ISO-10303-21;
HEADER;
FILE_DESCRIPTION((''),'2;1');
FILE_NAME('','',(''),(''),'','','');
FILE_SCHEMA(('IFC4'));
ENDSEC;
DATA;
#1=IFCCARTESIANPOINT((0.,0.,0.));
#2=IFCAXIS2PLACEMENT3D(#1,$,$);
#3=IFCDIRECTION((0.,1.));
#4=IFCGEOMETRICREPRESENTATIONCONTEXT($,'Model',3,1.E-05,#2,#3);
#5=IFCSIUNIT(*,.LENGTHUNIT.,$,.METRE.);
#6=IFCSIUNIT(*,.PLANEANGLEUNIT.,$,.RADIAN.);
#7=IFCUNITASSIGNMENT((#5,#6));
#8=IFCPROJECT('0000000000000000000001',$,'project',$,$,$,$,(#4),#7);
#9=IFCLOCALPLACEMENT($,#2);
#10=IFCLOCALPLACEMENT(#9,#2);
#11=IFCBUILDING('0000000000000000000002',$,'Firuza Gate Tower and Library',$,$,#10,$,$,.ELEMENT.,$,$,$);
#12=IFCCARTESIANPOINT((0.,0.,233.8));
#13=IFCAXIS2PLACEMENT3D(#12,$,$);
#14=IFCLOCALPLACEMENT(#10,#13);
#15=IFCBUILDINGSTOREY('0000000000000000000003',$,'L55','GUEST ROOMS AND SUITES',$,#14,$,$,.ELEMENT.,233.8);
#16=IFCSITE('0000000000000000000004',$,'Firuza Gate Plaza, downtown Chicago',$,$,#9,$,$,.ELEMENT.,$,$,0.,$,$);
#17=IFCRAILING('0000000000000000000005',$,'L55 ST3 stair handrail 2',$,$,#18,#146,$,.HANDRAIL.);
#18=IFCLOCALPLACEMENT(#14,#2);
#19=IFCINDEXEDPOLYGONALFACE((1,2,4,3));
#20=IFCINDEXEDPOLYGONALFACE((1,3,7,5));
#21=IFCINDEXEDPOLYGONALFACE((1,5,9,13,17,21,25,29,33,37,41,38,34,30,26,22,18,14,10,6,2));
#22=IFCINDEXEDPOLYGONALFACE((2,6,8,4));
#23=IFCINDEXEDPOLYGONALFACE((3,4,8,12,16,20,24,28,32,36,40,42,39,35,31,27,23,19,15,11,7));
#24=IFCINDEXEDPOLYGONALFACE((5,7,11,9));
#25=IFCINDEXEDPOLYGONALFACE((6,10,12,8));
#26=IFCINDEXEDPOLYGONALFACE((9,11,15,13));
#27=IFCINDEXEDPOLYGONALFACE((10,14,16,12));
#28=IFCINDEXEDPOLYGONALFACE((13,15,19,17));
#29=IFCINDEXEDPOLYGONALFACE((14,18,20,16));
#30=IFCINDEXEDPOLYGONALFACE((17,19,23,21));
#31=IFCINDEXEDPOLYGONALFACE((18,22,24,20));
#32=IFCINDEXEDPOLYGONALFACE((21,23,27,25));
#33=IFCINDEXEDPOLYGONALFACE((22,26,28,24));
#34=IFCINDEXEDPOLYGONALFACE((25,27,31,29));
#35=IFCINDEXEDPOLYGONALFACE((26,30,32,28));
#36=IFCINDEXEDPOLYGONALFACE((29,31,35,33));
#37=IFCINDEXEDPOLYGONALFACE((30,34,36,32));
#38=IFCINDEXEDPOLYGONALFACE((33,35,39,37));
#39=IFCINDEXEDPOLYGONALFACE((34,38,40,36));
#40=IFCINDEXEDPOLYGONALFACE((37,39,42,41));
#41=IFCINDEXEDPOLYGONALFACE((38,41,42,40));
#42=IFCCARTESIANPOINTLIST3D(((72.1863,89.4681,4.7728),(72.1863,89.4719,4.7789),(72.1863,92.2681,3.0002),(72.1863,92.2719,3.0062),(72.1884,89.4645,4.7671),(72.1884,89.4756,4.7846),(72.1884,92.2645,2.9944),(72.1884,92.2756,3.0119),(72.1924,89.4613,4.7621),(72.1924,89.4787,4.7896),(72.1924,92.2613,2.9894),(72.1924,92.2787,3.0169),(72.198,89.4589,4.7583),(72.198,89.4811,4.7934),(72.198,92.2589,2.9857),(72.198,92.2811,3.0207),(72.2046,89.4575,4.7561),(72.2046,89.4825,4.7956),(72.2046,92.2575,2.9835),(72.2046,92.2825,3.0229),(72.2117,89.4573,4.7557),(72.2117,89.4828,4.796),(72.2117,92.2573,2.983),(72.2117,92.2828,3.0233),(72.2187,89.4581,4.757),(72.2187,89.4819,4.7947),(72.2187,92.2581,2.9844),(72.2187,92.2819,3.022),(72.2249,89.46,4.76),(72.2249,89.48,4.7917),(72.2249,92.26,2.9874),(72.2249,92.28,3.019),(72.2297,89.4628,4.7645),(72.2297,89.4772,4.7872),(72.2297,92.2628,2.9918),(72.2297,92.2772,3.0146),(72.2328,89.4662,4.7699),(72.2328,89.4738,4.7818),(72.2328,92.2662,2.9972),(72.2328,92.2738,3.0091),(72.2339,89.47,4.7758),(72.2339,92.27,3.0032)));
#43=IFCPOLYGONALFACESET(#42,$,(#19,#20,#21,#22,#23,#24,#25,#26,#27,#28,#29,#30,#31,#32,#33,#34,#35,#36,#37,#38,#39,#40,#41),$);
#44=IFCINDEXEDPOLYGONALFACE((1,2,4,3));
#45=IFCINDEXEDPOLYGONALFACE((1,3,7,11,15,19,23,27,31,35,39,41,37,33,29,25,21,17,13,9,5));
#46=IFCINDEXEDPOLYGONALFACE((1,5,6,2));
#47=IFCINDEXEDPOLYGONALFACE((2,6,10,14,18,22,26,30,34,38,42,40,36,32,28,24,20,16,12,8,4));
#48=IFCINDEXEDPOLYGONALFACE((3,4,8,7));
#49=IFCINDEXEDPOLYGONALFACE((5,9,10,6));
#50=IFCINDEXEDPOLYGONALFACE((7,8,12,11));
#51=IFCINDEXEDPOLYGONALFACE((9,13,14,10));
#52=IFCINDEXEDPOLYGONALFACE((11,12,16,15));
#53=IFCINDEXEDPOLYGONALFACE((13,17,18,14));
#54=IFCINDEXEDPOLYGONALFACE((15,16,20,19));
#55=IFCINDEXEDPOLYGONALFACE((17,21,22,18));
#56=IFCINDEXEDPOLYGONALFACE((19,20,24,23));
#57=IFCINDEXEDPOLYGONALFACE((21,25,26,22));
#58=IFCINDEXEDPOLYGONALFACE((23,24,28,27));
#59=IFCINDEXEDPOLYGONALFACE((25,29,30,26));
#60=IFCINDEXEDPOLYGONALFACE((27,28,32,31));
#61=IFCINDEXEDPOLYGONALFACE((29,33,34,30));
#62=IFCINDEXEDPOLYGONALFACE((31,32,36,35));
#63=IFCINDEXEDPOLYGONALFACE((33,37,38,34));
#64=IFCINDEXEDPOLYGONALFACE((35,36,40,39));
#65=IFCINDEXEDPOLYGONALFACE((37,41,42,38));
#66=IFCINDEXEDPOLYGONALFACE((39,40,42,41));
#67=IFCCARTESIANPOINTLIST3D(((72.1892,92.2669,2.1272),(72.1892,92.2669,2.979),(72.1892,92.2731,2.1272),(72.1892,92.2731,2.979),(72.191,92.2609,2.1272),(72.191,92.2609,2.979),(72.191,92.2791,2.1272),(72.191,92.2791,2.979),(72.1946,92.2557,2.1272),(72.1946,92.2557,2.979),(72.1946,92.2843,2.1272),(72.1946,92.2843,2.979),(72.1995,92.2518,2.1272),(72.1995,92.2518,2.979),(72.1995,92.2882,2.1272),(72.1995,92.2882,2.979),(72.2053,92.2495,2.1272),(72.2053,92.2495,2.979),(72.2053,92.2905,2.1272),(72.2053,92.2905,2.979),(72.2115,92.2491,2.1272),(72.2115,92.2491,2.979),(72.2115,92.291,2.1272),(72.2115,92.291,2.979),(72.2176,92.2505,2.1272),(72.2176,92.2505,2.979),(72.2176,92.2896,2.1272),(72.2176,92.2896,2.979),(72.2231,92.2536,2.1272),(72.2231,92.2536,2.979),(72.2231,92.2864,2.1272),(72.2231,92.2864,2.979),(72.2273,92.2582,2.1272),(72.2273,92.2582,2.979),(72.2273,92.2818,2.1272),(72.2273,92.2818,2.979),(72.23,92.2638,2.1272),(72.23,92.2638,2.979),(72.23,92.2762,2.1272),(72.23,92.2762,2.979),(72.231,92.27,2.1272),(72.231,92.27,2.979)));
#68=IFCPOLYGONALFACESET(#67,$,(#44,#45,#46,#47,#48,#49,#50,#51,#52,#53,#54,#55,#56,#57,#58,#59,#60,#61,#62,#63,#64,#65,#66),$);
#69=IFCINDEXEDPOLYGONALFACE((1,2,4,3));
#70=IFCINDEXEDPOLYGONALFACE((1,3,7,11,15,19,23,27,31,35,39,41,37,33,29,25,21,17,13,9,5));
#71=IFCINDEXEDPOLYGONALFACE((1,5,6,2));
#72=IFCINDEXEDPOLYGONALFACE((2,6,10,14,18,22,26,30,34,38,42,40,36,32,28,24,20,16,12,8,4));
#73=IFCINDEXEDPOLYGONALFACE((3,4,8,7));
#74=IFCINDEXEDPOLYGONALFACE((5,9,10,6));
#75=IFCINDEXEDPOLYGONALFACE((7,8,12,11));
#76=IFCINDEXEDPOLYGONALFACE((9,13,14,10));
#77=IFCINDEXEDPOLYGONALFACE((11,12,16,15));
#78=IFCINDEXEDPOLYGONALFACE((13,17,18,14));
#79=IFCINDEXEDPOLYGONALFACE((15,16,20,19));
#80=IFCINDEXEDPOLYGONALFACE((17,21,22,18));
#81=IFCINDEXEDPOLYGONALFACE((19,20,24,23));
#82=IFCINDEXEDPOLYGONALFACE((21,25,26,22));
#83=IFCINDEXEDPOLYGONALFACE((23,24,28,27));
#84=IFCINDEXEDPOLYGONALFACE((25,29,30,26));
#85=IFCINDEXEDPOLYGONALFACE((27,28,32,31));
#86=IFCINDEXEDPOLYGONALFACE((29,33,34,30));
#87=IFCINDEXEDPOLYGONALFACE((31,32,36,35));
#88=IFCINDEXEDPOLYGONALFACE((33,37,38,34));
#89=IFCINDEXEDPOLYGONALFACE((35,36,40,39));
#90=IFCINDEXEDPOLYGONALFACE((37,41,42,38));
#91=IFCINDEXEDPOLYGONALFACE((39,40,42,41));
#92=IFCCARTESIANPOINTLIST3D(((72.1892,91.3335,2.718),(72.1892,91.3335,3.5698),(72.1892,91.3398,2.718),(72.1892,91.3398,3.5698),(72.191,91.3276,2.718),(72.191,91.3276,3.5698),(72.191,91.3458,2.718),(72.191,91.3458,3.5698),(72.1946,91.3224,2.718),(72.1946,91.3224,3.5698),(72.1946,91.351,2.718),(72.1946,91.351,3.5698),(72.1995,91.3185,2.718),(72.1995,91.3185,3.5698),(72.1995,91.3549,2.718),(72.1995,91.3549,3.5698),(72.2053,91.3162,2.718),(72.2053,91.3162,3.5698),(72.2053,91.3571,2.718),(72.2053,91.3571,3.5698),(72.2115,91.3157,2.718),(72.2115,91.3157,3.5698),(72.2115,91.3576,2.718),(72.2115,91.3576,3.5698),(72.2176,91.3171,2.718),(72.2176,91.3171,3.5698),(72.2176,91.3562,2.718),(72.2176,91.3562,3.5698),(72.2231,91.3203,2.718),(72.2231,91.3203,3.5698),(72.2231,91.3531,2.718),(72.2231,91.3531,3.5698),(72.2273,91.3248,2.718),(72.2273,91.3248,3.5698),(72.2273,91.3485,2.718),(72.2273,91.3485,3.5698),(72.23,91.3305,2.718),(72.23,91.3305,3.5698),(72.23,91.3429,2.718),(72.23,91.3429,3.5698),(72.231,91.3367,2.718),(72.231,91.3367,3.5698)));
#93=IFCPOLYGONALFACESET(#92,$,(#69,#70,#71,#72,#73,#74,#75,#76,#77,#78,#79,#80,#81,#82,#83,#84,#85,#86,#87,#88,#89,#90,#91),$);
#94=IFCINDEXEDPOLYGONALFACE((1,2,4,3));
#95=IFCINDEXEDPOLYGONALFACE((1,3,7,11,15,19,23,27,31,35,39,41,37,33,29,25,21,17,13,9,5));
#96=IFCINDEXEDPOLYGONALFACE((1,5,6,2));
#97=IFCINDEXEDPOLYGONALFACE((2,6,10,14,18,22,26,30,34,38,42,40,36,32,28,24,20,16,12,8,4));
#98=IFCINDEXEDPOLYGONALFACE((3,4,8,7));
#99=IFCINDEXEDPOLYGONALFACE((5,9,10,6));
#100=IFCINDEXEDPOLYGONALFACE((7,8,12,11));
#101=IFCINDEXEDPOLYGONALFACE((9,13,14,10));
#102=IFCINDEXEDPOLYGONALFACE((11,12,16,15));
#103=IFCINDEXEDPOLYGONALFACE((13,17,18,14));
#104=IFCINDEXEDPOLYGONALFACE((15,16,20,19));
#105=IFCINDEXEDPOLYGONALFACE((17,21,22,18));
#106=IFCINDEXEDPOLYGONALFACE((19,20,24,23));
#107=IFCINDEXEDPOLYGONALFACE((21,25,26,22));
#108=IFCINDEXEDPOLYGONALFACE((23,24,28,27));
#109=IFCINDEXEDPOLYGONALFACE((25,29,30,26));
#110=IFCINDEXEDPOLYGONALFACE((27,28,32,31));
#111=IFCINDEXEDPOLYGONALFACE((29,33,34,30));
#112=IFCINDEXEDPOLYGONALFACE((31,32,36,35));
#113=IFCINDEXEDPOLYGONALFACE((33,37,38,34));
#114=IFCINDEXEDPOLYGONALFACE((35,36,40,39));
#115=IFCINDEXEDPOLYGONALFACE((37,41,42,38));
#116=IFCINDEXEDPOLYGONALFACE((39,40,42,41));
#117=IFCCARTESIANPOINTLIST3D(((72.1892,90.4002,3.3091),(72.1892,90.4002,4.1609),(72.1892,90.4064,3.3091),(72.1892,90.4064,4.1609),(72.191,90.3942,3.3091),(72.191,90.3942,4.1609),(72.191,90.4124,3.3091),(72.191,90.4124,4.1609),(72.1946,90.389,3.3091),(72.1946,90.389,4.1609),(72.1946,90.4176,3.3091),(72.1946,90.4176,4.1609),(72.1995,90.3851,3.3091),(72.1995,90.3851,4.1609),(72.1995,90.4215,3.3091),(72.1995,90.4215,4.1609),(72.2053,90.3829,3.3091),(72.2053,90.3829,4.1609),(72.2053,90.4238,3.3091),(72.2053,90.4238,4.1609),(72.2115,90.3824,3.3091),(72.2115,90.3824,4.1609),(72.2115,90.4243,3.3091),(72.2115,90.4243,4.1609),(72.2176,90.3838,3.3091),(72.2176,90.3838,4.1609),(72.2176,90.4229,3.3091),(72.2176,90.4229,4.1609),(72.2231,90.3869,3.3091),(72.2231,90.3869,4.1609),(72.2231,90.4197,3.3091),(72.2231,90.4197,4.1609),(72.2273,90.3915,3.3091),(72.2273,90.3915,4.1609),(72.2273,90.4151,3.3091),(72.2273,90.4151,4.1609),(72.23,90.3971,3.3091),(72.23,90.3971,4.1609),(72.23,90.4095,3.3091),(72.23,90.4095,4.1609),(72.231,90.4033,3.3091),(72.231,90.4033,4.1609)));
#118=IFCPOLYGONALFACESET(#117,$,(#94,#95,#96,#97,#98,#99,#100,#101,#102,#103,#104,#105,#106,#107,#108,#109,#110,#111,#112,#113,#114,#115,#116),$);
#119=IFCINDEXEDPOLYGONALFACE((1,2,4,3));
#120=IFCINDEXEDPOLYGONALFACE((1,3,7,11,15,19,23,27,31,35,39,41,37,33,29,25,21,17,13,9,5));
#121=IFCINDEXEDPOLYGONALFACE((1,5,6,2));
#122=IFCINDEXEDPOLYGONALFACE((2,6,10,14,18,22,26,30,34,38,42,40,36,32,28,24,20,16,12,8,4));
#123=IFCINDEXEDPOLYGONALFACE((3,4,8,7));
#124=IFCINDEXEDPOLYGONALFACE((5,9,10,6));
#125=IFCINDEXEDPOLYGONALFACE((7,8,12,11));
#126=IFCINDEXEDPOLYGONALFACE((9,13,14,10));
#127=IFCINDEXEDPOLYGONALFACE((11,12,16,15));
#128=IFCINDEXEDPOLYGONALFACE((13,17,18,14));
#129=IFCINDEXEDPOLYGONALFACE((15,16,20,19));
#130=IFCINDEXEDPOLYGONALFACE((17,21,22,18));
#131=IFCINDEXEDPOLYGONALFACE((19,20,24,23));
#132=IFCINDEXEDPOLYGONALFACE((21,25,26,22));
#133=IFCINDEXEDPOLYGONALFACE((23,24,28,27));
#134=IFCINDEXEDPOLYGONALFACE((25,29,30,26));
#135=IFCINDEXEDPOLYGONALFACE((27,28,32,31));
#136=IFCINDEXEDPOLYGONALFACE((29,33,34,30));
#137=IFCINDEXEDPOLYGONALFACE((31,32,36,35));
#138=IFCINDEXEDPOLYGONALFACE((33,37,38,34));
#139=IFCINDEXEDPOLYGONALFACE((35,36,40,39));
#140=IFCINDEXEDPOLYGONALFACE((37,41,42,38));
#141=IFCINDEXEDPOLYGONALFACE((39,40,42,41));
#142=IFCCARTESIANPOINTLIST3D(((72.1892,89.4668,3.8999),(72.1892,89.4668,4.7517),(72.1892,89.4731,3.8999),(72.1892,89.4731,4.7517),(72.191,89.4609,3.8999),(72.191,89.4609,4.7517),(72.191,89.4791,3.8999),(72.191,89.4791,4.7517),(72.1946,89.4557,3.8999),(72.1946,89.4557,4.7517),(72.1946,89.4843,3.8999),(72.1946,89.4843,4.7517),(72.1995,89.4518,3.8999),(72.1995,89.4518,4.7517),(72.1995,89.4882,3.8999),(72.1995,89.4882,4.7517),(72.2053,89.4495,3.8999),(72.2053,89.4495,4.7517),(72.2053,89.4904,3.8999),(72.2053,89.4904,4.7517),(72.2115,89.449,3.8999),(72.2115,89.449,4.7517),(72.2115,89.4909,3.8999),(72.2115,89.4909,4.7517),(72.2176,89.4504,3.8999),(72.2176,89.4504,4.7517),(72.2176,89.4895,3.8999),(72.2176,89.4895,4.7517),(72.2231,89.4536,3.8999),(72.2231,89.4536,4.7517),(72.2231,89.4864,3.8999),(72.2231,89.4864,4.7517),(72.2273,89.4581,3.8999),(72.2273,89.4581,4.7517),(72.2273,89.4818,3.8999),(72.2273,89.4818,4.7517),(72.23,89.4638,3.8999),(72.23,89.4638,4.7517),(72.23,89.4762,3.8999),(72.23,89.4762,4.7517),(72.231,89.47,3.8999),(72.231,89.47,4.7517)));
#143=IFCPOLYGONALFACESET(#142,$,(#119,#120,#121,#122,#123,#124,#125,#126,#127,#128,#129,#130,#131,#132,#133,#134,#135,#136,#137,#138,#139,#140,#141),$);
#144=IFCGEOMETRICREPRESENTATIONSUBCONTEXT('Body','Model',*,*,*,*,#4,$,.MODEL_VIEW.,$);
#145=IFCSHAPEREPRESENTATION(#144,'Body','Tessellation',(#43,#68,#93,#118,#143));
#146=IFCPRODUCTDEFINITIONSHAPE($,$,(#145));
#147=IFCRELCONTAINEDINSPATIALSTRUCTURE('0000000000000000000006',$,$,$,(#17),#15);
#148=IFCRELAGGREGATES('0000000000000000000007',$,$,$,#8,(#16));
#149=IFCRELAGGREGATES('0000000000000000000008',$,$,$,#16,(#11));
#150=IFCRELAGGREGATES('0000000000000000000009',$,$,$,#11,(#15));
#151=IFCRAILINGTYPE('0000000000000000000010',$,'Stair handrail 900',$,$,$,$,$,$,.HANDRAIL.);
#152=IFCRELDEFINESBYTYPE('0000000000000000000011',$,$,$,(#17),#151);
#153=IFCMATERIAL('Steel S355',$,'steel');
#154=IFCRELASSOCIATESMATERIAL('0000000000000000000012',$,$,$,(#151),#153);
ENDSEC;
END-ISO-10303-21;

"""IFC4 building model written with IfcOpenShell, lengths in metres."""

from ifc_helpers import new_model, si_unit, direction, frame, origin, origin_2d, place, context, subcontext, project, spatial, circle, extrude, material, type_object, element, save


model = new_model("IFC4")

# Units and contexts
model_context = context("Model", 3, precision=1e-05, world=origin(), true_north=direction((0.0, 1.0)))
body_context = subcontext(model_context, "Body", "Model", "MODEL_VIEW")
ifc_project = project(units=[si_unit("LENGTHUNIT", "METRE"), si_unit("PLANEANGLEUNIT", "RADIAN")], contexts=[model_context])

# Site, building, storey
site_placement = place(None, origin())
site = spatial("IfcSite", under=ifc_project, at=site_placement, Name="Firuza Gate Plaza, downtown Chicago", CompositionType="ELEMENT", RefElevation=0.0)
building_placement = place(site_placement, origin())
building = spatial("IfcBuilding", under=site, at=building_placement, Name="Firuza Gate Tower and Library", CompositionType="ELEMENT")
storey_placement = place(building_placement, frame((0.0, 0.0, 233.8)))
storey = spatial("IfcBuildingStorey", under=building, at=storey_placement, Name="L55", Description="GUEST ROOMS AND SUITES", CompositionType="ELEMENT", Elevation=233.8)

# Railing
ifc_material_1 = material(Name="Steel S355", Category="steel")
railing_type_1 = type_object("IfcRailingType", Name="Stair handrail 900", PredefinedType="HANDRAIL", material=ifc_material_1)
railing_1_placement = place(storey_placement, frame((72.21, 92.27, 2.1272)))
element("IfcRailing", 1, at=railing_1_placement, inside=storey, type_object=railing_type_1, Name="L55 ST3 stair handrail 2", PredefinedType="HANDRAIL", context=body_context, shape_type="SweptSolid", body=[
    extrude(circle(Radius=0.0239, at=origin_2d()), frame((0.0, 0.0, 0.876), z_axis=(0.0, -0.844909, 0.53491), x_axis=(1.0, 0.0, 0.0)), (0.0, 0.0, 1.0), 3.314),
    extrude(circle(Radius=0.021, at=origin_2d()), origin(), (0.0, 0.0, 1.0), 0.8518),
    extrude(circle(Radius=0.021, at=origin_2d()), frame((0.0, -0.9333, 0.5908)), (0.0, 0.0, 1.0), 0.8518),
    extrude(circle(Radius=0.021, at=origin_2d()), frame((0.0, -1.8667, 1.1819)), (0.0, 0.0, 1.0), 0.8518),
    extrude(circle(Radius=0.021, at=origin_2d()), frame((0.0, -2.8, 1.7727)), (0.0, 0.0, 1.0), 0.8518),
])

save(model, "model.ifc")
